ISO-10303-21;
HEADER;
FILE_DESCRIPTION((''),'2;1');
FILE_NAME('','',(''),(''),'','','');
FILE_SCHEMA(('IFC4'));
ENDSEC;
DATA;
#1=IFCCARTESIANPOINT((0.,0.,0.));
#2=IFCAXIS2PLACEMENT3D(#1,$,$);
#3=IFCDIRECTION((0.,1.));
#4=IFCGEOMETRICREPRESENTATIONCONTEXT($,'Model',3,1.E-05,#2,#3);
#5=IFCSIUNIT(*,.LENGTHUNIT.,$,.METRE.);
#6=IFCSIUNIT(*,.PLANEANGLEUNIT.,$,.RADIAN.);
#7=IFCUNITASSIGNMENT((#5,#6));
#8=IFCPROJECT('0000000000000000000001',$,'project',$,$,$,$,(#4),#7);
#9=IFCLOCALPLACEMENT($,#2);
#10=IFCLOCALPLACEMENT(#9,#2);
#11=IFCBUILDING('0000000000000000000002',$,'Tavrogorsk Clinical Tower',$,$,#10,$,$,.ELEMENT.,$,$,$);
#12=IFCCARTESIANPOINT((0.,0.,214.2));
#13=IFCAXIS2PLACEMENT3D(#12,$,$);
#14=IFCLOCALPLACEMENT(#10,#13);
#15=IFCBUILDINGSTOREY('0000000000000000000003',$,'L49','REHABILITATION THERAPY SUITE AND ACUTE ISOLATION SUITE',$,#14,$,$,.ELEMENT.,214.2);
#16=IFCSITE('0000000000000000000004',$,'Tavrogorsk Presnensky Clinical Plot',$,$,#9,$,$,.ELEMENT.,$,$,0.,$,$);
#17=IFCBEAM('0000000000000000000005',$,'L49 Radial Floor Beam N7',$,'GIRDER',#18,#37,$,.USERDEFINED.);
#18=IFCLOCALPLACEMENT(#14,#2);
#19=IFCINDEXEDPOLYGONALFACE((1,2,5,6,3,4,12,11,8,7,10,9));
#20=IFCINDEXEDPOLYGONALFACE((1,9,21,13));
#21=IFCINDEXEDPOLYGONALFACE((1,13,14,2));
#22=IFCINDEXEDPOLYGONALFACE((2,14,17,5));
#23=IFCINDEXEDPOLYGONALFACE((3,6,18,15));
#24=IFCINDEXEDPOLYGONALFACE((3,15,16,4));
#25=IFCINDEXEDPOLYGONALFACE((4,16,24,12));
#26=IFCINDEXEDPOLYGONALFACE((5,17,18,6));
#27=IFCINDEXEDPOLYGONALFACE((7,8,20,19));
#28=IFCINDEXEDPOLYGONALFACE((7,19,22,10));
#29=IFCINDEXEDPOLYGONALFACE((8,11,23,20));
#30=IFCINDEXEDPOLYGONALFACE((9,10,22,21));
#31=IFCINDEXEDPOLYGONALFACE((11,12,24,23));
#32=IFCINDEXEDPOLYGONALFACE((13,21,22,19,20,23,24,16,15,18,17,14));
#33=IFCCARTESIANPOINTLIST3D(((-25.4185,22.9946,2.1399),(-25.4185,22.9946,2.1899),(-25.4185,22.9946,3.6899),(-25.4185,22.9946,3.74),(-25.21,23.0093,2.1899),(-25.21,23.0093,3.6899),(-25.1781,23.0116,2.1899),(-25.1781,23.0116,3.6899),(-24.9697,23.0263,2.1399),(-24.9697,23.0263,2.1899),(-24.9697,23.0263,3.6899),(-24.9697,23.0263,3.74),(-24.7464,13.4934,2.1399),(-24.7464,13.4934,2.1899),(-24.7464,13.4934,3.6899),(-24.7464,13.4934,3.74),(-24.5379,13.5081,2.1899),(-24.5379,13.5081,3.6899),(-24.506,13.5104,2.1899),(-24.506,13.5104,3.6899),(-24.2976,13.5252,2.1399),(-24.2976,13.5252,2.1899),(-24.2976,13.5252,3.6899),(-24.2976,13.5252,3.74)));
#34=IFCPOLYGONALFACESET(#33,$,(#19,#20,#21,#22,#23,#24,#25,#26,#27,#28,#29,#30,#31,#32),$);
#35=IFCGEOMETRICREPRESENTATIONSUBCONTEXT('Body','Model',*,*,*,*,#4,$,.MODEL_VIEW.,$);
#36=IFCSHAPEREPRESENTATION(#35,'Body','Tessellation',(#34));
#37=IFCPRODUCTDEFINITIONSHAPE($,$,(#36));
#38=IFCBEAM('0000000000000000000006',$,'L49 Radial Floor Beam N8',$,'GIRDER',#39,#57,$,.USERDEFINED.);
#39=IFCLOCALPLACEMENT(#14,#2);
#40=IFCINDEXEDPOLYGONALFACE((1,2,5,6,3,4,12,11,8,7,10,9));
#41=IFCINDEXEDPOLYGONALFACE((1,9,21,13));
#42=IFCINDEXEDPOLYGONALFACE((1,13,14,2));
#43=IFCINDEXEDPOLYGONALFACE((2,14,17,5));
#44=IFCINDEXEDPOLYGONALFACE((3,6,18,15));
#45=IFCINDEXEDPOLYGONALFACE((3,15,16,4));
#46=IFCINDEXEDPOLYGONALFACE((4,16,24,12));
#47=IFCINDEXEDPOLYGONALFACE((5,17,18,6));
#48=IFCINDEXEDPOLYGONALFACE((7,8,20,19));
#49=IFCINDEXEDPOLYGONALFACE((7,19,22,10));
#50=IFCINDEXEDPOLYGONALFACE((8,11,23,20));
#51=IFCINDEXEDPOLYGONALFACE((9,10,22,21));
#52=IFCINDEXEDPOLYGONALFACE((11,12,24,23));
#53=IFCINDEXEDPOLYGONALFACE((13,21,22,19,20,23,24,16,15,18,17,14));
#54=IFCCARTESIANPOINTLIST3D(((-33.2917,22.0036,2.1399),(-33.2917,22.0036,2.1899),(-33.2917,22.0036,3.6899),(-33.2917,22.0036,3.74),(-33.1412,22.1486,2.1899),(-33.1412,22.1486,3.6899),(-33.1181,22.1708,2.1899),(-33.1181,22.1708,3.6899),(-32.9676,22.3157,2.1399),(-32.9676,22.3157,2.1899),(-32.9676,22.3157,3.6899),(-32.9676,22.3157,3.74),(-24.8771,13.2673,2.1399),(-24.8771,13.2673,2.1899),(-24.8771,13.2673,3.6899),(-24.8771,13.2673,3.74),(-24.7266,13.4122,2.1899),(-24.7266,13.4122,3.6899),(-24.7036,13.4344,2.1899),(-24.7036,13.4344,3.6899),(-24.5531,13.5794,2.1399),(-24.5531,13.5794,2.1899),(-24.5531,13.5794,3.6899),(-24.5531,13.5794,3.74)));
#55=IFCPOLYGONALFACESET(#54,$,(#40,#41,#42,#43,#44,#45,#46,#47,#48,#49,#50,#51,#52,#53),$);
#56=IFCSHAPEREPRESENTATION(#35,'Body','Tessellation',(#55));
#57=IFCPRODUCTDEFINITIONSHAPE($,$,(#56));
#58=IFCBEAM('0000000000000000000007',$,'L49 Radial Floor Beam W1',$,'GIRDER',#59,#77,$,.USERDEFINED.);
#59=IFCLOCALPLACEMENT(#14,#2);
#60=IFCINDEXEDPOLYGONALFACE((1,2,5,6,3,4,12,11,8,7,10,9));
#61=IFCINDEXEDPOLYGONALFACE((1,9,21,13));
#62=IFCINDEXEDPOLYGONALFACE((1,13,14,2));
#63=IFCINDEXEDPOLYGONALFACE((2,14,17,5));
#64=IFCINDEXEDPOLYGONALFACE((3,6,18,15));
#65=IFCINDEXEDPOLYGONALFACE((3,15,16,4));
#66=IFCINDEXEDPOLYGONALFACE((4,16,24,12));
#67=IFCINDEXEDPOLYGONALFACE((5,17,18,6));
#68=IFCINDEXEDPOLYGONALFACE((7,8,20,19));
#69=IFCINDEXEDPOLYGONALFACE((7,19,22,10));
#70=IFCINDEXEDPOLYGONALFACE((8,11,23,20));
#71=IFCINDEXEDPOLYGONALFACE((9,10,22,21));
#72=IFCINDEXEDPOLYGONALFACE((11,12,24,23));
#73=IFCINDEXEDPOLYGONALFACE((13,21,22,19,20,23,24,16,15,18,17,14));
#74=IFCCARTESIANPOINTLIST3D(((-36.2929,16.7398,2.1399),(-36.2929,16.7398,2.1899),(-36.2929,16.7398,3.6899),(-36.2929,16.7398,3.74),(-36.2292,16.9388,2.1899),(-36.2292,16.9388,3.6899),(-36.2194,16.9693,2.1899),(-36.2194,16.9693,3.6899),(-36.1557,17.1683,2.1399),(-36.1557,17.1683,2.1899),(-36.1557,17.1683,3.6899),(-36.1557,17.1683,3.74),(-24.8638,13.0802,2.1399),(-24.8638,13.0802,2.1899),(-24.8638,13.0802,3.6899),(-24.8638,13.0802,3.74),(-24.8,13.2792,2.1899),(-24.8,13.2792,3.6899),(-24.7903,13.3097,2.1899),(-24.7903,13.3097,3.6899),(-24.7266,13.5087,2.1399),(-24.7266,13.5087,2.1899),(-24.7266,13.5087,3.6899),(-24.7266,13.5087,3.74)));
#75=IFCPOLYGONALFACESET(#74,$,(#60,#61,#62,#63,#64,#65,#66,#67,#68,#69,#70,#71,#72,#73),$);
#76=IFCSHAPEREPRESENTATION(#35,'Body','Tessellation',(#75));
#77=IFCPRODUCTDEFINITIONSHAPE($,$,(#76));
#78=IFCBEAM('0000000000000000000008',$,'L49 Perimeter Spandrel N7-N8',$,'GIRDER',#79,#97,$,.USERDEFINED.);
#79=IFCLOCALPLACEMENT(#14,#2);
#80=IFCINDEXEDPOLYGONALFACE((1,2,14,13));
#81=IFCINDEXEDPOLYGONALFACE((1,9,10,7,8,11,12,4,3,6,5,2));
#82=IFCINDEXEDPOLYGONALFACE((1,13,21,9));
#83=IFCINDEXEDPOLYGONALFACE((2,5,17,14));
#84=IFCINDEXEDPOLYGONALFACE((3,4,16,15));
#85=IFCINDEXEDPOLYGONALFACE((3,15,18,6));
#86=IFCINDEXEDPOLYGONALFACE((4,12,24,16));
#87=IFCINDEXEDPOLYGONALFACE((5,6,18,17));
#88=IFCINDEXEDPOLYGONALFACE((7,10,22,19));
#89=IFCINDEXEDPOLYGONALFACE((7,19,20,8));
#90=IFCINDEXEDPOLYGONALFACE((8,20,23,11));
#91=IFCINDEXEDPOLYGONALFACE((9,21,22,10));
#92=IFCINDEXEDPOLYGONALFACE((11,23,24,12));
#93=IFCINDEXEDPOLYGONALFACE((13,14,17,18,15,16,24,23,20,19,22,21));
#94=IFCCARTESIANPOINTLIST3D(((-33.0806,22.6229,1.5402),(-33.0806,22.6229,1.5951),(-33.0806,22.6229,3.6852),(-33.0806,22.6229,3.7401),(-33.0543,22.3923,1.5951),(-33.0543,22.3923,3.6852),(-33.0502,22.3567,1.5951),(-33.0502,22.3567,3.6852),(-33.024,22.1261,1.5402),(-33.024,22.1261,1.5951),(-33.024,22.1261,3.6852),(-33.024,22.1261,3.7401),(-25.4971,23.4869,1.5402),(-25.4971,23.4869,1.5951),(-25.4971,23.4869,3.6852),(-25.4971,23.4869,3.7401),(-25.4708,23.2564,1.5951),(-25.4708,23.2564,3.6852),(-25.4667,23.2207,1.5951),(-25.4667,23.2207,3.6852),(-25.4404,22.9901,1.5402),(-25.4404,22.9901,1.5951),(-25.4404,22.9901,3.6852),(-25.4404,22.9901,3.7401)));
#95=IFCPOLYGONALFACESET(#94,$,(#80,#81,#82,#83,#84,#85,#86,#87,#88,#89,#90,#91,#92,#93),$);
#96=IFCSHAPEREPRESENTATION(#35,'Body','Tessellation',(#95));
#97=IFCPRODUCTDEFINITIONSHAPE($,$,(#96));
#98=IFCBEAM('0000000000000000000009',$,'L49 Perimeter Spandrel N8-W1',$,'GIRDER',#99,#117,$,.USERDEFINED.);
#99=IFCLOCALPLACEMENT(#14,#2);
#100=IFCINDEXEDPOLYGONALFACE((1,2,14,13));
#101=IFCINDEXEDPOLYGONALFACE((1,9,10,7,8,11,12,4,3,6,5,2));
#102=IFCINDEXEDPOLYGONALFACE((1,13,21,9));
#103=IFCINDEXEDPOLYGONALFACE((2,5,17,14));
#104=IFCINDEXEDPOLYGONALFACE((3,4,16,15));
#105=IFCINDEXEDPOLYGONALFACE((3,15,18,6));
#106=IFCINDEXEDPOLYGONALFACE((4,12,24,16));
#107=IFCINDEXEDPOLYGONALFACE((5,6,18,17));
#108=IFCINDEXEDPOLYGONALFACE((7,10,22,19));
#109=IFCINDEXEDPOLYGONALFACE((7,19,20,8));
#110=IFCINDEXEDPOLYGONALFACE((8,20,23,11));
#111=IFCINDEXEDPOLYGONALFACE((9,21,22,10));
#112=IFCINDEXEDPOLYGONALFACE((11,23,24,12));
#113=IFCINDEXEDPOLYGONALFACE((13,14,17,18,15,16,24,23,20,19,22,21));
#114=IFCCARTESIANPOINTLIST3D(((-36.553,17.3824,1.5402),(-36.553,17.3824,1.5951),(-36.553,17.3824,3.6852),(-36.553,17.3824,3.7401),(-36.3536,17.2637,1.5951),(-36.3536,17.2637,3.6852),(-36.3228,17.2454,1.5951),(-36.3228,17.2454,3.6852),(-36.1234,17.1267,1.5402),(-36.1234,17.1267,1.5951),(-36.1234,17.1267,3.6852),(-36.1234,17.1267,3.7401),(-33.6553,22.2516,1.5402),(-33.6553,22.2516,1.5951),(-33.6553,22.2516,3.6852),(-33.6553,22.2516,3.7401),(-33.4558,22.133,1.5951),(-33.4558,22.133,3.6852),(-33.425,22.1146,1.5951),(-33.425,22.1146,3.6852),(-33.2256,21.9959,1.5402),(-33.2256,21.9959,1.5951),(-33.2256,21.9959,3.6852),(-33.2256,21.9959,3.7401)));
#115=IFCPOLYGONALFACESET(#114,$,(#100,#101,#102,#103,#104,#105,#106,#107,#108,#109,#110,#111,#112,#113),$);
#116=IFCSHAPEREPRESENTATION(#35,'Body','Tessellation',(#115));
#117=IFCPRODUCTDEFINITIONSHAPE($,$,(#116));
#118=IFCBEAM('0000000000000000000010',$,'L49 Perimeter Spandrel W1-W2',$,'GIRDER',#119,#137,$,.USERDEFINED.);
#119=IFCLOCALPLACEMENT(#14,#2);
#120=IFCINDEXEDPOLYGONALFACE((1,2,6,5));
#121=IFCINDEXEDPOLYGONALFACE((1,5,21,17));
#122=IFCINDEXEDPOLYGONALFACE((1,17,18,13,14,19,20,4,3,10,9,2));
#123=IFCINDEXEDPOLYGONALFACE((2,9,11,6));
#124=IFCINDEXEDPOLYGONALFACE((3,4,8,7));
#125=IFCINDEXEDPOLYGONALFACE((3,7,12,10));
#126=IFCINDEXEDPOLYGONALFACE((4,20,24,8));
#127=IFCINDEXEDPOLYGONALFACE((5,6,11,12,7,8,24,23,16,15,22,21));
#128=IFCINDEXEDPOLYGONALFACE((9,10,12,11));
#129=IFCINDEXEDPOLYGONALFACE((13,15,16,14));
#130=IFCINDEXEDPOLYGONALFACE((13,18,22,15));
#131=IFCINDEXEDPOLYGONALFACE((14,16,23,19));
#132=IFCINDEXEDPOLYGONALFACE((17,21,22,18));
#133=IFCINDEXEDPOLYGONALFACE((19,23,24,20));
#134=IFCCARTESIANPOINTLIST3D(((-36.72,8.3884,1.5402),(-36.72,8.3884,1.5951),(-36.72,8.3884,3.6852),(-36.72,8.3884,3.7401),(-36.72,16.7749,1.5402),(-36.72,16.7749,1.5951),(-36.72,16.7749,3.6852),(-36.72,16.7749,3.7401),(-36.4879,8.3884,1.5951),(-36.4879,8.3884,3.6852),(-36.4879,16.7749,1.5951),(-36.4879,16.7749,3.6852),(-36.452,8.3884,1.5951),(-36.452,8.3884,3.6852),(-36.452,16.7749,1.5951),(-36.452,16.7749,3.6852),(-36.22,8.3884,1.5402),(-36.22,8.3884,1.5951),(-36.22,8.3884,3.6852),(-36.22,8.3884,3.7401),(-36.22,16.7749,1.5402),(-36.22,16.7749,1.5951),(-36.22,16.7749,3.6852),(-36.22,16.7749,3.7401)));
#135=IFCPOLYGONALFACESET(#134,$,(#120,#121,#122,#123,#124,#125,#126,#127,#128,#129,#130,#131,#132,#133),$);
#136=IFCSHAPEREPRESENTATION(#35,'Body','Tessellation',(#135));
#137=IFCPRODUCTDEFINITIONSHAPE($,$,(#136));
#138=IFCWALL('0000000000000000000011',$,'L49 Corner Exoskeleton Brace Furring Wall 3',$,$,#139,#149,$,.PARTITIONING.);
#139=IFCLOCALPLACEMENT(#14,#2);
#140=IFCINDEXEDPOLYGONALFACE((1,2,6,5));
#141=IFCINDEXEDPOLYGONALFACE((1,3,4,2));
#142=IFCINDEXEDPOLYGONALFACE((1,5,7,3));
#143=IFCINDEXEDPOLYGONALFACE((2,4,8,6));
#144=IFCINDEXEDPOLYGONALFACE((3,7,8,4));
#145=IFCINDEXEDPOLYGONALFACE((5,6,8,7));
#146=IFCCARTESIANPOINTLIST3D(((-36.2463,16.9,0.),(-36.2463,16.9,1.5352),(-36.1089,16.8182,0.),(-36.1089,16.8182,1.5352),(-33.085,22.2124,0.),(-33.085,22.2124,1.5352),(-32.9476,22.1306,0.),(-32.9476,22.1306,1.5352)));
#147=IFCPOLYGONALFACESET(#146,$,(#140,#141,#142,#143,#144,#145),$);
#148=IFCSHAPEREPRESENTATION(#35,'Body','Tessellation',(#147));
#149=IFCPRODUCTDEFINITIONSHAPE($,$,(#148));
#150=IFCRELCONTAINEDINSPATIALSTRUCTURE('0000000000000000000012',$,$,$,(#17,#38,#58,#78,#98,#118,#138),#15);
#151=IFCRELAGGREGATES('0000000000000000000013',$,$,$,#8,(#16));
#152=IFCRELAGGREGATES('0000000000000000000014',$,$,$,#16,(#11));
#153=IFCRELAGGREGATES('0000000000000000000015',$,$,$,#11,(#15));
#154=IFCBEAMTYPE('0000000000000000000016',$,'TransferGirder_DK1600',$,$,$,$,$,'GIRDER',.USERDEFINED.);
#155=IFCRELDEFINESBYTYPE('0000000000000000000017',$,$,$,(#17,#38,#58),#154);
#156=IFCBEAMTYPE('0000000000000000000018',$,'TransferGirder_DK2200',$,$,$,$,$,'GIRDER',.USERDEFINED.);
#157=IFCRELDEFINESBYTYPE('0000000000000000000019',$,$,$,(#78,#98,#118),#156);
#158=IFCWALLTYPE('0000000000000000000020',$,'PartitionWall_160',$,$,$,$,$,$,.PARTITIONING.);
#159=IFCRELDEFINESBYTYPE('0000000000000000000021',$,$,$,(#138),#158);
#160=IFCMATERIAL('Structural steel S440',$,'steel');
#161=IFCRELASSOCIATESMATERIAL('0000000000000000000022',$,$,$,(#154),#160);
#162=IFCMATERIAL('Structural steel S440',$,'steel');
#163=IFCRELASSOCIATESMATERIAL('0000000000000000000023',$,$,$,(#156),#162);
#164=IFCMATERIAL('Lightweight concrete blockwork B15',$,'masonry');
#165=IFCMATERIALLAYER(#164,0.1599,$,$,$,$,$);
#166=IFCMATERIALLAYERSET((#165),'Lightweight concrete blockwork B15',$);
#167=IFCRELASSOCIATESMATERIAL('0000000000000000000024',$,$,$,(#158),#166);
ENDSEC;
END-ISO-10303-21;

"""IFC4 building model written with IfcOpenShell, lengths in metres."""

from ifc_helpers import new_model, si_unit, direction, frame, frame_2d, origin, origin_2d, place, context, subcontext, project, spatial, rectangle, i_section, extrude, material, layer, layer_set, material_profile, profile_set, type_object, element, save


model = new_model("IFC4")

# Units and contexts
model_context = context("Model", 3, precision=1e-05, world=origin(), true_north=direction((0.0, 1.0)))
body_context = subcontext(model_context, "Body", "Model", "MODEL_VIEW")
ifc_project = project(units=[si_unit("LENGTHUNIT", "METRE"), si_unit("PLANEANGLEUNIT", "RADIAN")], contexts=[model_context])

# Site, building, storey
site_placement = place(None, origin())
site = spatial("IfcSite", under=ifc_project, at=site_placement, Name="Tavrogorsk Presnensky Clinical Plot", CompositionType="ELEMENT", RefElevation=0.0)
building_placement = place(site_placement, origin())
building = spatial("IfcBuilding", under=site, at=building_placement, Name="Tavrogorsk Clinical Tower", CompositionType="ELEMENT")
storey_placement = place(building_placement, frame((0.0, 0.0, 214.2)))
storey = spatial("IfcBuildingStorey", under=building, at=storey_placement, Name="L49", Description="REHABILITATION THERAPY SUITE AND ACUTE ISOLATION SUITE", CompositionType="ELEMENT", Elevation=214.2)

# Beams
ifc_material_1 = material(Name="Structural steel S440", Category="steel")
ifc_material_profile_1 = material_profile(ifc_material_1, i_section(OverallWidth=0.45, OverallDepth=1.6001, WebThickness=0.032, FlangeThickness=0.05, at=origin_2d()), Name="DK-1600x450x32x50")
ifc_profile_set_1 = profile_set([ifc_material_profile_1], Name="Structural steel S440")
beam_type_1 = type_object("IfcBeamType", Name="TransferGirder_DK1600", ElementType="GIRDER", PredefinedType="USERDEFINED", material=ifc_profile_set_1)
beam_1_placement = place(storey_placement, frame((-24.522, 13.5093, 2.9399), z_axis=(-0.070564, 0.997507, 0.0), x_axis=(-0.997507, -0.070564, 0.0)))
element("IfcBeam", 1, at=beam_1_placement, inside=storey, type_object=beam_type_1, Name="L49 Radial Floor Beam N7", ObjectType="GIRDER", PredefinedType="USERDEFINED", context=body_context, shape_type="SweptSolid", body=[
    extrude(i_section(OverallWidth=0.45, OverallDepth=1.6001, WebThickness=0.032, FlangeThickness=0.05, at=origin_2d()), origin(), (0.0, 0.0, 1.0), 9.5249),
])
beam_2_placement = place(storey_placement, frame((-24.7151, 13.4233, 2.9399), z_axis=(-0.693718, 0.720246, 0.0), x_axis=(-0.720246, -0.693718, 0.0)))
element("IfcBeam", 2, at=beam_2_placement, inside=storey, type_object=beam_type_1, Name="L49 Radial Floor Beam N8", ObjectType="GIRDER", PredefinedType="USERDEFINED", context=body_context, shape_type="SweptSolid", body=[
    extrude(i_section(OverallWidth=0.45, OverallDepth=1.6001, WebThickness=0.032, FlangeThickness=0.05, at=origin_2d()), origin(), (0.0, 0.0, 1.0), 12.1296),
])
beam_3_placement = place(storey_placement, frame((-24.7952, 13.2944, 2.9399), z_axis=(-0.952368, 0.304951, 0.0), x_axis=(-0.304951, -0.952368, 0.0)))
element("IfcBeam", 3, at=beam_3_placement, inside=storey, type_object=beam_type_1, Name="L49 Radial Floor Beam W1", ObjectType="GIRDER", PredefinedType="USERDEFINED", context=body_context, shape_type="SweptSolid", body=[
    extrude(i_section(OverallWidth=0.45, OverallDepth=1.6001, WebThickness=0.032, FlangeThickness=0.05, at=origin_2d()), origin(), (0.0, 0.0, 1.0), 12.0007),
])
ifc_material_2 = material(Name="Structural steel S440", Category="steel")
ifc_material_profile_2 = material_profile(ifc_material_2, i_section(OverallWidth=0.5, OverallDepth=2.2, WebThickness=0.0359, FlangeThickness=0.0549, at=origin_2d()), Name="DK-2200x500x36x55")
ifc_profile_set_2 = profile_set([ifc_material_profile_2], Name="Structural steel S440")
beam_type_2 = type_object("IfcBeamType", Name="TransferGirder_DK2200", ElementType="GIRDER", PredefinedType="USERDEFINED", material=ifc_profile_set_2)
beam_4_placement = place(storey_placement, frame((-25.4688, 23.2385, 2.6401), z_axis=(-0.993572, -0.113201, 0.0), x_axis=(0.113201, -0.993572, 0.0)))
element("IfcBeam", 4, at=beam_4_placement, inside=storey, type_object=beam_type_2, Name="L49 Perimeter Spandrel N7-N8", ObjectType="GIRDER", PredefinedType="USERDEFINED", context=body_context, shape_type="SweptSolid", body=[
    extrude(i_section(OverallWidth=0.5, OverallDepth=2.2, WebThickness=0.0359, FlangeThickness=0.0549, at=origin_2d()), origin(), (0.0, 0.0, 1.0), 7.6326),
])
beam_5_placement = place(storey_placement, frame((-33.4404, 22.1238, 2.6401), z_axis=(-0.511407, -0.859339, 0.0), x_axis=(0.859339, -0.511407, 0.0)))
element("IfcBeam", 5, at=beam_5_placement, inside=storey, type_object=beam_type_2, Name="L49 Perimeter Spandrel N8-W1", ObjectType="GIRDER", PredefinedType="USERDEFINED", context=body_context, shape_type="SweptSolid", body=[
    extrude(i_section(OverallWidth=0.5, OverallDepth=2.2, WebThickness=0.0359, FlangeThickness=0.0549, at=origin_2d()), origin(), (0.0, 0.0, 1.0), 5.6663),
])
beam_6_placement = place(storey_placement, frame((-36.47, 16.7749, 2.6401), z_axis=(0.0, -1.0, 0.0), x_axis=(1.0, 0.0, 0.0)))
element("IfcBeam", 6, at=beam_6_placement, inside=storey, type_object=beam_type_2, Name="L49 Perimeter Spandrel W1-W2", ObjectType="GIRDER", PredefinedType="USERDEFINED", context=body_context, shape_type="SweptSolid", body=[
    extrude(i_section(OverallWidth=0.5, OverallDepth=2.2, WebThickness=0.0359, FlangeThickness=0.0549, at=origin_2d()), origin(), (0.0, 0.0, 1.0), 8.3865),
])

# Wall
ifc_material_3 = material(Name="Lightweight concrete blockwork B15", Category="masonry")
ifc_layer_1 = layer(ifc_material_3, 0.1599)
ifc_layer_set_1 = layer_set([ifc_layer_1], Name="Lightweight concrete blockwork B15")
wall_type_1 = type_object("IfcWallType", Name="PartitionWall_160", PredefinedType="PARTITIONING", material=ifc_layer_set_1)
wall_1_placement = place(storey_placement, frame((-33.0164, 22.1714, 0.0), z_axis=(0.0, 0.0, 1.0), x_axis=(-0.511385, -0.859352, 0.0)))
element("IfcWall", 7, at=wall_1_placement, inside=storey, type_object=wall_type_1, Name="L49 Corner Exoskeleton Brace Furring Wall 3", PredefinedType="PARTITIONING", context=body_context, shape_type="SweptSolid", body=[
    extrude(rectangle(XDim=6.1819, YDim=0.1599, at=frame_2d((3.0908, 0.0))), origin(), (0.0, 0.0, 1.0), 1.5352),
])

save(model, "model.ifc")
